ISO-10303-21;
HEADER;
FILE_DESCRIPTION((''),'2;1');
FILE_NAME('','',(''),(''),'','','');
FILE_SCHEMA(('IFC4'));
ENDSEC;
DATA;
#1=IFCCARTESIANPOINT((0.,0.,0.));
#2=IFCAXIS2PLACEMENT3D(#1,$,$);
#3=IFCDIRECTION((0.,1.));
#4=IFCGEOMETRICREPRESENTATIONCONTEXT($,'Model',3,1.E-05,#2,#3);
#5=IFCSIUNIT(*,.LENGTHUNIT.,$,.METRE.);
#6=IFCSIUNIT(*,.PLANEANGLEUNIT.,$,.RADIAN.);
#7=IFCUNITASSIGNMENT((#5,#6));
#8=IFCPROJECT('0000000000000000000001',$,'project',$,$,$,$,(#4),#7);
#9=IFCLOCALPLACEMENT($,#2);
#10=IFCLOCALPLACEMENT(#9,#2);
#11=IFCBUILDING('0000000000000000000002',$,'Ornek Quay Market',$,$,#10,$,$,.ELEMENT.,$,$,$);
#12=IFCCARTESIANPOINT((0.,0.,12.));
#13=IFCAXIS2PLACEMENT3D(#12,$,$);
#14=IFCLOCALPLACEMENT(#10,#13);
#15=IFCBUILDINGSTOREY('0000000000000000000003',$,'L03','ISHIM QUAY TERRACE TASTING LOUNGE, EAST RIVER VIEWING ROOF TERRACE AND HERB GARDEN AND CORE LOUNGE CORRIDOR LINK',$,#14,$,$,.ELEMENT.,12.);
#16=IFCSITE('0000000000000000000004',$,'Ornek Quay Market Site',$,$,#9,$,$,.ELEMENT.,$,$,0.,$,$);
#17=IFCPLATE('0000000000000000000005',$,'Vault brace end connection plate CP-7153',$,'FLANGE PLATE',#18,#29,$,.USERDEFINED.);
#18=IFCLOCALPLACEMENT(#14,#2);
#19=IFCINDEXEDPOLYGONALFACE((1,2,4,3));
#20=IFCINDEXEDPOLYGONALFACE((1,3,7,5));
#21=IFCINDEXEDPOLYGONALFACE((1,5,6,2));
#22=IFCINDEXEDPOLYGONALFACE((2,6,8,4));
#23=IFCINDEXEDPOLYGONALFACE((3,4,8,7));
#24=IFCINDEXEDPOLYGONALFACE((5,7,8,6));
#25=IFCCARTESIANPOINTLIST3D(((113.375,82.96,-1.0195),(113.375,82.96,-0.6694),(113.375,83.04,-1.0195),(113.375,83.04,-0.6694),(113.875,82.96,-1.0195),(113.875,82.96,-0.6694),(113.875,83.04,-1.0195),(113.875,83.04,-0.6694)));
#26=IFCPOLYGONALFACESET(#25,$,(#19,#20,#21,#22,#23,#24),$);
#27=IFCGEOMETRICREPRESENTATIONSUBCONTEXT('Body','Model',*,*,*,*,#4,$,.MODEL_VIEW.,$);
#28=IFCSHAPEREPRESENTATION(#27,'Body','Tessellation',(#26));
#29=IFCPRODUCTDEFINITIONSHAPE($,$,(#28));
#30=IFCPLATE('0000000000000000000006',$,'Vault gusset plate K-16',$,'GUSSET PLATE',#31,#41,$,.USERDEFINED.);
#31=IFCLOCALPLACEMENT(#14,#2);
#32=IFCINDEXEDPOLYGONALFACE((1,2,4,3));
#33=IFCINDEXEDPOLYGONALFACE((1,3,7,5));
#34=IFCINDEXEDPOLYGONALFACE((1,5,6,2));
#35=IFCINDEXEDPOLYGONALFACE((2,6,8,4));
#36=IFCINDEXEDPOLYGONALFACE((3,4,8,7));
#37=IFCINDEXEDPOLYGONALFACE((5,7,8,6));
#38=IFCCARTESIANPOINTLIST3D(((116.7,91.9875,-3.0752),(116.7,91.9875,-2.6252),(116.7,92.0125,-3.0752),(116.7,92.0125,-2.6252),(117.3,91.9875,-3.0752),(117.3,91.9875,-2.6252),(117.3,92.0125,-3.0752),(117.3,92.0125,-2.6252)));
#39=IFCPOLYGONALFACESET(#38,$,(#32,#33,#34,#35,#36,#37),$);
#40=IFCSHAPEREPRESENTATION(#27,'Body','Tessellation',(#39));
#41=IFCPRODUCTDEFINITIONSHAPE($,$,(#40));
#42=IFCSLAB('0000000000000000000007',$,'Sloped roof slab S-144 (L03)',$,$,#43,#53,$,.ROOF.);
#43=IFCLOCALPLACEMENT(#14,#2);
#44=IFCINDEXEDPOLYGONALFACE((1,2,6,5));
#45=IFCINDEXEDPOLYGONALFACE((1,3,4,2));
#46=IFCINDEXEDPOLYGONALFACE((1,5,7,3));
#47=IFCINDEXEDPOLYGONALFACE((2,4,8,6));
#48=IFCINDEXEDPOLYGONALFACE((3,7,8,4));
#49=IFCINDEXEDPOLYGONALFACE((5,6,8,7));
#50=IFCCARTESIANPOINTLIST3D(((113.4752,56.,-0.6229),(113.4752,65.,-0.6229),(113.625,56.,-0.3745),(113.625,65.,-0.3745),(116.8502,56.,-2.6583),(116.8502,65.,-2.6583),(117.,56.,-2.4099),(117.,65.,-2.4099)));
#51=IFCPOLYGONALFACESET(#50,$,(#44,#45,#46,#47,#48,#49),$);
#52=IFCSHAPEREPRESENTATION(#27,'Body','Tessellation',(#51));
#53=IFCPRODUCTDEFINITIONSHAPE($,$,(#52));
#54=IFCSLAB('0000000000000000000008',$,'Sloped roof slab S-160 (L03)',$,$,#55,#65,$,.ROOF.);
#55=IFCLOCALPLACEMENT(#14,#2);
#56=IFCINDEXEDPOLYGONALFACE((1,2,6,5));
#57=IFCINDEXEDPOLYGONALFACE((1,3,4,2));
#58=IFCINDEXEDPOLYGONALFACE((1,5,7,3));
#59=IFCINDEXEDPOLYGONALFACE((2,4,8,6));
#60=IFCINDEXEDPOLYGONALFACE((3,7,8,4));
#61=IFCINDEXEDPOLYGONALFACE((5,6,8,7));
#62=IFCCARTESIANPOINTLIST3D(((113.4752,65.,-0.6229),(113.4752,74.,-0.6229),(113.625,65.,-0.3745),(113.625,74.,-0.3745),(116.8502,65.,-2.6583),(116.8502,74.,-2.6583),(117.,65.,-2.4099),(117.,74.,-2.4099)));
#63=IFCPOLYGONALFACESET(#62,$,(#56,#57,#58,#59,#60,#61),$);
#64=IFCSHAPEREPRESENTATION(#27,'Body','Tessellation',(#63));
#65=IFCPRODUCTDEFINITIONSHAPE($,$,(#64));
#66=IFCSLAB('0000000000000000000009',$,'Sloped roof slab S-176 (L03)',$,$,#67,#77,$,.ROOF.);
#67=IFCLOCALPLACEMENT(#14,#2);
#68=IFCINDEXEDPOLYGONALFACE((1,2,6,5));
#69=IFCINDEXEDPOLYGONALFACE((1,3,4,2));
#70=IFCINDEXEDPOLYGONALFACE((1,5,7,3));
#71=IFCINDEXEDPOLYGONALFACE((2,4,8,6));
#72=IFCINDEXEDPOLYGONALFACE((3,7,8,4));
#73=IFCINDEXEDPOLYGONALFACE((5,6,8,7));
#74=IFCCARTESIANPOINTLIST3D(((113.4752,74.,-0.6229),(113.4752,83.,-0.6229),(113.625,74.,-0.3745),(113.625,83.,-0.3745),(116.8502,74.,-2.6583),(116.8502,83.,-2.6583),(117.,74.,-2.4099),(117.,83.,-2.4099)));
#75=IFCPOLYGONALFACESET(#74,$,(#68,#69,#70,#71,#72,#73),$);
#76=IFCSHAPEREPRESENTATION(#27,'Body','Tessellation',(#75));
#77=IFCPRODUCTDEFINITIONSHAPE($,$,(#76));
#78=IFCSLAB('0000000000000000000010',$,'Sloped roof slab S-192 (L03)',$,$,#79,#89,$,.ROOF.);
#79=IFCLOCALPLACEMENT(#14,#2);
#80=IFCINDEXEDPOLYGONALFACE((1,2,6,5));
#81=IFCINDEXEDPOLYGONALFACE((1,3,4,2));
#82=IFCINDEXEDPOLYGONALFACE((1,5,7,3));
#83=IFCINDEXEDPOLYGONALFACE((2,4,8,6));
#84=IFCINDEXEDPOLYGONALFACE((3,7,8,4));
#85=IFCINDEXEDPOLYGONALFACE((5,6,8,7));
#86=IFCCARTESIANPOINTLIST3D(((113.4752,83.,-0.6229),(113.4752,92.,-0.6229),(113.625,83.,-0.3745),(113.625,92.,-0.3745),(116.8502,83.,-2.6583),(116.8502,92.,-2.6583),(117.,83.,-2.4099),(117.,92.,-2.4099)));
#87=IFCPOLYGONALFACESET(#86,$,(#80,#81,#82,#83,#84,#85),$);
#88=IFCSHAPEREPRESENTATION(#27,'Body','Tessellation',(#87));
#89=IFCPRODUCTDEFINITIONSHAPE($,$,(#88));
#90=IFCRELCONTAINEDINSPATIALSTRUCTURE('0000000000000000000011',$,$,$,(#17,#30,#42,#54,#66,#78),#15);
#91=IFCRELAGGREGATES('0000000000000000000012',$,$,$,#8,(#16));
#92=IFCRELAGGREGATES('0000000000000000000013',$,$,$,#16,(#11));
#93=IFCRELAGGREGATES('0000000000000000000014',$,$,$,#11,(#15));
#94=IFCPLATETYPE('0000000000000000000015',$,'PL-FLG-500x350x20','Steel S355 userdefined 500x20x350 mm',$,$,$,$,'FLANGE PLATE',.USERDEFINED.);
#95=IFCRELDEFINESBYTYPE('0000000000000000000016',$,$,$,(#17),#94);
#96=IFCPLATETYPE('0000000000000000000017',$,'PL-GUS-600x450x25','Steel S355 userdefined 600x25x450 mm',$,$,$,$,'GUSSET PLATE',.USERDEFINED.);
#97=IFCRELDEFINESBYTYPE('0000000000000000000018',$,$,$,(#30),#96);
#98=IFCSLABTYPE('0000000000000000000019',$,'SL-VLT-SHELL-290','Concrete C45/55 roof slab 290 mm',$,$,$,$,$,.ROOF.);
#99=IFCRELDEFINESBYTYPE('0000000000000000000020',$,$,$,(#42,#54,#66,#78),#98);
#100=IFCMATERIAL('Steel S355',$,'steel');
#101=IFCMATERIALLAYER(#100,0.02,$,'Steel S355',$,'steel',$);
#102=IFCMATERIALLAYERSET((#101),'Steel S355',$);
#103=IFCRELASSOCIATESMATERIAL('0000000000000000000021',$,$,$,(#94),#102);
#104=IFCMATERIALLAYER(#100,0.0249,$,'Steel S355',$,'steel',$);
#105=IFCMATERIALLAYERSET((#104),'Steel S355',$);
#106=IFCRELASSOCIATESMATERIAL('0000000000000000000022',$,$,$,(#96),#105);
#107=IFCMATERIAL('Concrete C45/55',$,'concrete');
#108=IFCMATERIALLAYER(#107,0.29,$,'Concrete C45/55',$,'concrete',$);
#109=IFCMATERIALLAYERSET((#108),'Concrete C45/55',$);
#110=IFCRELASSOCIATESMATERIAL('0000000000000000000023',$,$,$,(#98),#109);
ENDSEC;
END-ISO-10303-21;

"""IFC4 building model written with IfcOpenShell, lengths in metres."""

from ifc_helpers import new_model, si_unit, direction, frame, origin, origin_2d, place, context, subcontext, project, spatial, polyline, rectangle, outline, extrude, material, layer, layer_set, type_object, element, save


model = new_model("IFC4")

# Units and contexts
model_context = context("Model", 3, precision=1e-05, world=origin(), true_north=direction((0.0, 1.0)))
body_context = subcontext(model_context, "Body", "Model", "MODEL_VIEW")
ifc_project = project(units=[si_unit("LENGTHUNIT", "METRE"), si_unit("PLANEANGLEUNIT", "RADIAN")], contexts=[model_context])

# Site, building, storey
site_placement = place(None, origin())
site = spatial("IfcSite", under=ifc_project, at=site_placement, Name="Ornek Quay Market Site", CompositionType="ELEMENT", RefElevation=0.0)
building_placement = place(site_placement, origin())
building = spatial("IfcBuilding", under=site, at=building_placement, Name="Ornek Quay Market", CompositionType="ELEMENT")
storey_placement = place(building_placement, frame((0.0, 0.0, 12.0)))
storey = spatial("IfcBuildingStorey", under=building, at=storey_placement, Name="L03", Description="ISHIM QUAY TERRACE TASTING LOUNGE, EAST RIVER VIEWING ROOF TERRACE AND HERB GARDEN AND CORE LOUNGE CORRIDOR LINK", CompositionType="ELEMENT", Elevation=12.0)

# Shared definitions
ifc_material_1 = material(Name="Steel S355", Category="steel")

# Plates
ifc_layer_1 = layer(ifc_material_1, 0.02, Name="Steel S355", Category="steel")
ifc_layer_set_1 = layer_set([ifc_layer_1], Name="Steel S355")
plate_type_1 = type_object("IfcPlateType", Name="PL-FLG-500x350x20", Description="Steel S355 userdefined 500x20x350 mm", ElementType="FLANGE PLATE", PredefinedType="USERDEFINED", material=ifc_layer_set_1)
for number, where, z_axis, x_axis, name in (
    (1, (113.625, 83.0, -1.0195), (0.0, 0.0, 1.0), (1.0, 0.0, 0.0), "Vault brace end connection plate CP-7153"),
):
    element("IfcPlate", number, at=place(storey_placement, frame(where, z_axis=z_axis, x_axis=x_axis)), inside=storey, type_object=plate_type_1, Name=name, ObjectType="FLANGE PLATE", PredefinedType="USERDEFINED", context=body_context, shape_type="SweptSolid", body=[
        extrude(rectangle(XDim=0.5, YDim=0.0801, at=origin_2d()), origin(), (0.0, 0.0, 1.0), 0.3501),
    ])
ifc_layer_2 = layer(ifc_material_1, 0.0249, Name="Steel S355", Category="steel")
ifc_layer_set_2 = layer_set([ifc_layer_2], Name="Steel S355")
plate_type_2 = type_object("IfcPlateType", Name="PL-GUS-600x450x25", Description="Steel S355 userdefined 600x25x450 mm", ElementType="GUSSET PLATE", PredefinedType="USERDEFINED", material=ifc_layer_set_2)
plate_placement = place(storey_placement, frame((117.0, 92.0, -3.0752), z_axis=(0.0, 0.0, 1.0), x_axis=(1.0, 0.0, 0.0)))
element("IfcPlate", 2, at=plate_placement, inside=storey, type_object=plate_type_2, Name="Vault gusset plate K-16", ObjectType="GUSSET PLATE", PredefinedType="USERDEFINED", context=body_context, shape_type="SweptSolid", body=[
    extrude(rectangle(XDim=0.6001, YDim=0.0249, at=origin_2d()), origin(), (0.0, 0.0, 1.0), 0.45),
])

# Slabs
ifc_material_2 = material(Name="Concrete C45/55", Category="concrete")
ifc_layer_3 = layer(ifc_material_2, 0.29, Name="Concrete C45/55", Category="concrete")
ifc_layer_set_3 = layer_set([ifc_layer_3], Name="Concrete C45/55")
slab_type = type_object("IfcSlabType", Name="SL-VLT-SHELL-290", Description="Concrete C45/55 roof slab 290 mm", PredefinedType="ROOF", material=ifc_layer_set_3)
for number, where, z_axis, x_axis, name in (
    (3, (113.625, 56.0, -0.3745), (0.516435, 0.0, 0.856327), (0.856327, 0.0, -0.516435), "Sloped roof slab S-144 (L03)"),
    (4, (113.625, 65.0, -0.3745), (0.516435, 0.0, 0.856327), (0.856327, 0.0, -0.516435), "Sloped roof slab S-160 (L03)"),
    (5, (113.625, 74.0, -0.3745), (0.516435, 0.0, 0.856327), (0.856327, 0.0, -0.516435), "Sloped roof slab S-176 (L03)"),
    (6, (113.625, 83.0, -0.3745), (0.516435, 0.0, 0.856327), (0.856327, 0.0, -0.516435), "Sloped roof slab S-192 (L03)"),
):
    element("IfcSlab", number, at=place(storey_placement, frame(where, z_axis=z_axis, x_axis=x_axis)), inside=storey, type_object=slab_type, Name=name, PredefinedType="ROOF", context=body_context, shape_type="SweptSolid", body=[
        extrude(outline(polyline([(0.0, 0.0), (3.9413, 0.0), (3.9413, 9.0), (0.0, 9.0), (0.0, 0.0)])), origin(), (0.0, 0.0, -1.0), 0.29),
    ])

save(model, "model.ifc")
